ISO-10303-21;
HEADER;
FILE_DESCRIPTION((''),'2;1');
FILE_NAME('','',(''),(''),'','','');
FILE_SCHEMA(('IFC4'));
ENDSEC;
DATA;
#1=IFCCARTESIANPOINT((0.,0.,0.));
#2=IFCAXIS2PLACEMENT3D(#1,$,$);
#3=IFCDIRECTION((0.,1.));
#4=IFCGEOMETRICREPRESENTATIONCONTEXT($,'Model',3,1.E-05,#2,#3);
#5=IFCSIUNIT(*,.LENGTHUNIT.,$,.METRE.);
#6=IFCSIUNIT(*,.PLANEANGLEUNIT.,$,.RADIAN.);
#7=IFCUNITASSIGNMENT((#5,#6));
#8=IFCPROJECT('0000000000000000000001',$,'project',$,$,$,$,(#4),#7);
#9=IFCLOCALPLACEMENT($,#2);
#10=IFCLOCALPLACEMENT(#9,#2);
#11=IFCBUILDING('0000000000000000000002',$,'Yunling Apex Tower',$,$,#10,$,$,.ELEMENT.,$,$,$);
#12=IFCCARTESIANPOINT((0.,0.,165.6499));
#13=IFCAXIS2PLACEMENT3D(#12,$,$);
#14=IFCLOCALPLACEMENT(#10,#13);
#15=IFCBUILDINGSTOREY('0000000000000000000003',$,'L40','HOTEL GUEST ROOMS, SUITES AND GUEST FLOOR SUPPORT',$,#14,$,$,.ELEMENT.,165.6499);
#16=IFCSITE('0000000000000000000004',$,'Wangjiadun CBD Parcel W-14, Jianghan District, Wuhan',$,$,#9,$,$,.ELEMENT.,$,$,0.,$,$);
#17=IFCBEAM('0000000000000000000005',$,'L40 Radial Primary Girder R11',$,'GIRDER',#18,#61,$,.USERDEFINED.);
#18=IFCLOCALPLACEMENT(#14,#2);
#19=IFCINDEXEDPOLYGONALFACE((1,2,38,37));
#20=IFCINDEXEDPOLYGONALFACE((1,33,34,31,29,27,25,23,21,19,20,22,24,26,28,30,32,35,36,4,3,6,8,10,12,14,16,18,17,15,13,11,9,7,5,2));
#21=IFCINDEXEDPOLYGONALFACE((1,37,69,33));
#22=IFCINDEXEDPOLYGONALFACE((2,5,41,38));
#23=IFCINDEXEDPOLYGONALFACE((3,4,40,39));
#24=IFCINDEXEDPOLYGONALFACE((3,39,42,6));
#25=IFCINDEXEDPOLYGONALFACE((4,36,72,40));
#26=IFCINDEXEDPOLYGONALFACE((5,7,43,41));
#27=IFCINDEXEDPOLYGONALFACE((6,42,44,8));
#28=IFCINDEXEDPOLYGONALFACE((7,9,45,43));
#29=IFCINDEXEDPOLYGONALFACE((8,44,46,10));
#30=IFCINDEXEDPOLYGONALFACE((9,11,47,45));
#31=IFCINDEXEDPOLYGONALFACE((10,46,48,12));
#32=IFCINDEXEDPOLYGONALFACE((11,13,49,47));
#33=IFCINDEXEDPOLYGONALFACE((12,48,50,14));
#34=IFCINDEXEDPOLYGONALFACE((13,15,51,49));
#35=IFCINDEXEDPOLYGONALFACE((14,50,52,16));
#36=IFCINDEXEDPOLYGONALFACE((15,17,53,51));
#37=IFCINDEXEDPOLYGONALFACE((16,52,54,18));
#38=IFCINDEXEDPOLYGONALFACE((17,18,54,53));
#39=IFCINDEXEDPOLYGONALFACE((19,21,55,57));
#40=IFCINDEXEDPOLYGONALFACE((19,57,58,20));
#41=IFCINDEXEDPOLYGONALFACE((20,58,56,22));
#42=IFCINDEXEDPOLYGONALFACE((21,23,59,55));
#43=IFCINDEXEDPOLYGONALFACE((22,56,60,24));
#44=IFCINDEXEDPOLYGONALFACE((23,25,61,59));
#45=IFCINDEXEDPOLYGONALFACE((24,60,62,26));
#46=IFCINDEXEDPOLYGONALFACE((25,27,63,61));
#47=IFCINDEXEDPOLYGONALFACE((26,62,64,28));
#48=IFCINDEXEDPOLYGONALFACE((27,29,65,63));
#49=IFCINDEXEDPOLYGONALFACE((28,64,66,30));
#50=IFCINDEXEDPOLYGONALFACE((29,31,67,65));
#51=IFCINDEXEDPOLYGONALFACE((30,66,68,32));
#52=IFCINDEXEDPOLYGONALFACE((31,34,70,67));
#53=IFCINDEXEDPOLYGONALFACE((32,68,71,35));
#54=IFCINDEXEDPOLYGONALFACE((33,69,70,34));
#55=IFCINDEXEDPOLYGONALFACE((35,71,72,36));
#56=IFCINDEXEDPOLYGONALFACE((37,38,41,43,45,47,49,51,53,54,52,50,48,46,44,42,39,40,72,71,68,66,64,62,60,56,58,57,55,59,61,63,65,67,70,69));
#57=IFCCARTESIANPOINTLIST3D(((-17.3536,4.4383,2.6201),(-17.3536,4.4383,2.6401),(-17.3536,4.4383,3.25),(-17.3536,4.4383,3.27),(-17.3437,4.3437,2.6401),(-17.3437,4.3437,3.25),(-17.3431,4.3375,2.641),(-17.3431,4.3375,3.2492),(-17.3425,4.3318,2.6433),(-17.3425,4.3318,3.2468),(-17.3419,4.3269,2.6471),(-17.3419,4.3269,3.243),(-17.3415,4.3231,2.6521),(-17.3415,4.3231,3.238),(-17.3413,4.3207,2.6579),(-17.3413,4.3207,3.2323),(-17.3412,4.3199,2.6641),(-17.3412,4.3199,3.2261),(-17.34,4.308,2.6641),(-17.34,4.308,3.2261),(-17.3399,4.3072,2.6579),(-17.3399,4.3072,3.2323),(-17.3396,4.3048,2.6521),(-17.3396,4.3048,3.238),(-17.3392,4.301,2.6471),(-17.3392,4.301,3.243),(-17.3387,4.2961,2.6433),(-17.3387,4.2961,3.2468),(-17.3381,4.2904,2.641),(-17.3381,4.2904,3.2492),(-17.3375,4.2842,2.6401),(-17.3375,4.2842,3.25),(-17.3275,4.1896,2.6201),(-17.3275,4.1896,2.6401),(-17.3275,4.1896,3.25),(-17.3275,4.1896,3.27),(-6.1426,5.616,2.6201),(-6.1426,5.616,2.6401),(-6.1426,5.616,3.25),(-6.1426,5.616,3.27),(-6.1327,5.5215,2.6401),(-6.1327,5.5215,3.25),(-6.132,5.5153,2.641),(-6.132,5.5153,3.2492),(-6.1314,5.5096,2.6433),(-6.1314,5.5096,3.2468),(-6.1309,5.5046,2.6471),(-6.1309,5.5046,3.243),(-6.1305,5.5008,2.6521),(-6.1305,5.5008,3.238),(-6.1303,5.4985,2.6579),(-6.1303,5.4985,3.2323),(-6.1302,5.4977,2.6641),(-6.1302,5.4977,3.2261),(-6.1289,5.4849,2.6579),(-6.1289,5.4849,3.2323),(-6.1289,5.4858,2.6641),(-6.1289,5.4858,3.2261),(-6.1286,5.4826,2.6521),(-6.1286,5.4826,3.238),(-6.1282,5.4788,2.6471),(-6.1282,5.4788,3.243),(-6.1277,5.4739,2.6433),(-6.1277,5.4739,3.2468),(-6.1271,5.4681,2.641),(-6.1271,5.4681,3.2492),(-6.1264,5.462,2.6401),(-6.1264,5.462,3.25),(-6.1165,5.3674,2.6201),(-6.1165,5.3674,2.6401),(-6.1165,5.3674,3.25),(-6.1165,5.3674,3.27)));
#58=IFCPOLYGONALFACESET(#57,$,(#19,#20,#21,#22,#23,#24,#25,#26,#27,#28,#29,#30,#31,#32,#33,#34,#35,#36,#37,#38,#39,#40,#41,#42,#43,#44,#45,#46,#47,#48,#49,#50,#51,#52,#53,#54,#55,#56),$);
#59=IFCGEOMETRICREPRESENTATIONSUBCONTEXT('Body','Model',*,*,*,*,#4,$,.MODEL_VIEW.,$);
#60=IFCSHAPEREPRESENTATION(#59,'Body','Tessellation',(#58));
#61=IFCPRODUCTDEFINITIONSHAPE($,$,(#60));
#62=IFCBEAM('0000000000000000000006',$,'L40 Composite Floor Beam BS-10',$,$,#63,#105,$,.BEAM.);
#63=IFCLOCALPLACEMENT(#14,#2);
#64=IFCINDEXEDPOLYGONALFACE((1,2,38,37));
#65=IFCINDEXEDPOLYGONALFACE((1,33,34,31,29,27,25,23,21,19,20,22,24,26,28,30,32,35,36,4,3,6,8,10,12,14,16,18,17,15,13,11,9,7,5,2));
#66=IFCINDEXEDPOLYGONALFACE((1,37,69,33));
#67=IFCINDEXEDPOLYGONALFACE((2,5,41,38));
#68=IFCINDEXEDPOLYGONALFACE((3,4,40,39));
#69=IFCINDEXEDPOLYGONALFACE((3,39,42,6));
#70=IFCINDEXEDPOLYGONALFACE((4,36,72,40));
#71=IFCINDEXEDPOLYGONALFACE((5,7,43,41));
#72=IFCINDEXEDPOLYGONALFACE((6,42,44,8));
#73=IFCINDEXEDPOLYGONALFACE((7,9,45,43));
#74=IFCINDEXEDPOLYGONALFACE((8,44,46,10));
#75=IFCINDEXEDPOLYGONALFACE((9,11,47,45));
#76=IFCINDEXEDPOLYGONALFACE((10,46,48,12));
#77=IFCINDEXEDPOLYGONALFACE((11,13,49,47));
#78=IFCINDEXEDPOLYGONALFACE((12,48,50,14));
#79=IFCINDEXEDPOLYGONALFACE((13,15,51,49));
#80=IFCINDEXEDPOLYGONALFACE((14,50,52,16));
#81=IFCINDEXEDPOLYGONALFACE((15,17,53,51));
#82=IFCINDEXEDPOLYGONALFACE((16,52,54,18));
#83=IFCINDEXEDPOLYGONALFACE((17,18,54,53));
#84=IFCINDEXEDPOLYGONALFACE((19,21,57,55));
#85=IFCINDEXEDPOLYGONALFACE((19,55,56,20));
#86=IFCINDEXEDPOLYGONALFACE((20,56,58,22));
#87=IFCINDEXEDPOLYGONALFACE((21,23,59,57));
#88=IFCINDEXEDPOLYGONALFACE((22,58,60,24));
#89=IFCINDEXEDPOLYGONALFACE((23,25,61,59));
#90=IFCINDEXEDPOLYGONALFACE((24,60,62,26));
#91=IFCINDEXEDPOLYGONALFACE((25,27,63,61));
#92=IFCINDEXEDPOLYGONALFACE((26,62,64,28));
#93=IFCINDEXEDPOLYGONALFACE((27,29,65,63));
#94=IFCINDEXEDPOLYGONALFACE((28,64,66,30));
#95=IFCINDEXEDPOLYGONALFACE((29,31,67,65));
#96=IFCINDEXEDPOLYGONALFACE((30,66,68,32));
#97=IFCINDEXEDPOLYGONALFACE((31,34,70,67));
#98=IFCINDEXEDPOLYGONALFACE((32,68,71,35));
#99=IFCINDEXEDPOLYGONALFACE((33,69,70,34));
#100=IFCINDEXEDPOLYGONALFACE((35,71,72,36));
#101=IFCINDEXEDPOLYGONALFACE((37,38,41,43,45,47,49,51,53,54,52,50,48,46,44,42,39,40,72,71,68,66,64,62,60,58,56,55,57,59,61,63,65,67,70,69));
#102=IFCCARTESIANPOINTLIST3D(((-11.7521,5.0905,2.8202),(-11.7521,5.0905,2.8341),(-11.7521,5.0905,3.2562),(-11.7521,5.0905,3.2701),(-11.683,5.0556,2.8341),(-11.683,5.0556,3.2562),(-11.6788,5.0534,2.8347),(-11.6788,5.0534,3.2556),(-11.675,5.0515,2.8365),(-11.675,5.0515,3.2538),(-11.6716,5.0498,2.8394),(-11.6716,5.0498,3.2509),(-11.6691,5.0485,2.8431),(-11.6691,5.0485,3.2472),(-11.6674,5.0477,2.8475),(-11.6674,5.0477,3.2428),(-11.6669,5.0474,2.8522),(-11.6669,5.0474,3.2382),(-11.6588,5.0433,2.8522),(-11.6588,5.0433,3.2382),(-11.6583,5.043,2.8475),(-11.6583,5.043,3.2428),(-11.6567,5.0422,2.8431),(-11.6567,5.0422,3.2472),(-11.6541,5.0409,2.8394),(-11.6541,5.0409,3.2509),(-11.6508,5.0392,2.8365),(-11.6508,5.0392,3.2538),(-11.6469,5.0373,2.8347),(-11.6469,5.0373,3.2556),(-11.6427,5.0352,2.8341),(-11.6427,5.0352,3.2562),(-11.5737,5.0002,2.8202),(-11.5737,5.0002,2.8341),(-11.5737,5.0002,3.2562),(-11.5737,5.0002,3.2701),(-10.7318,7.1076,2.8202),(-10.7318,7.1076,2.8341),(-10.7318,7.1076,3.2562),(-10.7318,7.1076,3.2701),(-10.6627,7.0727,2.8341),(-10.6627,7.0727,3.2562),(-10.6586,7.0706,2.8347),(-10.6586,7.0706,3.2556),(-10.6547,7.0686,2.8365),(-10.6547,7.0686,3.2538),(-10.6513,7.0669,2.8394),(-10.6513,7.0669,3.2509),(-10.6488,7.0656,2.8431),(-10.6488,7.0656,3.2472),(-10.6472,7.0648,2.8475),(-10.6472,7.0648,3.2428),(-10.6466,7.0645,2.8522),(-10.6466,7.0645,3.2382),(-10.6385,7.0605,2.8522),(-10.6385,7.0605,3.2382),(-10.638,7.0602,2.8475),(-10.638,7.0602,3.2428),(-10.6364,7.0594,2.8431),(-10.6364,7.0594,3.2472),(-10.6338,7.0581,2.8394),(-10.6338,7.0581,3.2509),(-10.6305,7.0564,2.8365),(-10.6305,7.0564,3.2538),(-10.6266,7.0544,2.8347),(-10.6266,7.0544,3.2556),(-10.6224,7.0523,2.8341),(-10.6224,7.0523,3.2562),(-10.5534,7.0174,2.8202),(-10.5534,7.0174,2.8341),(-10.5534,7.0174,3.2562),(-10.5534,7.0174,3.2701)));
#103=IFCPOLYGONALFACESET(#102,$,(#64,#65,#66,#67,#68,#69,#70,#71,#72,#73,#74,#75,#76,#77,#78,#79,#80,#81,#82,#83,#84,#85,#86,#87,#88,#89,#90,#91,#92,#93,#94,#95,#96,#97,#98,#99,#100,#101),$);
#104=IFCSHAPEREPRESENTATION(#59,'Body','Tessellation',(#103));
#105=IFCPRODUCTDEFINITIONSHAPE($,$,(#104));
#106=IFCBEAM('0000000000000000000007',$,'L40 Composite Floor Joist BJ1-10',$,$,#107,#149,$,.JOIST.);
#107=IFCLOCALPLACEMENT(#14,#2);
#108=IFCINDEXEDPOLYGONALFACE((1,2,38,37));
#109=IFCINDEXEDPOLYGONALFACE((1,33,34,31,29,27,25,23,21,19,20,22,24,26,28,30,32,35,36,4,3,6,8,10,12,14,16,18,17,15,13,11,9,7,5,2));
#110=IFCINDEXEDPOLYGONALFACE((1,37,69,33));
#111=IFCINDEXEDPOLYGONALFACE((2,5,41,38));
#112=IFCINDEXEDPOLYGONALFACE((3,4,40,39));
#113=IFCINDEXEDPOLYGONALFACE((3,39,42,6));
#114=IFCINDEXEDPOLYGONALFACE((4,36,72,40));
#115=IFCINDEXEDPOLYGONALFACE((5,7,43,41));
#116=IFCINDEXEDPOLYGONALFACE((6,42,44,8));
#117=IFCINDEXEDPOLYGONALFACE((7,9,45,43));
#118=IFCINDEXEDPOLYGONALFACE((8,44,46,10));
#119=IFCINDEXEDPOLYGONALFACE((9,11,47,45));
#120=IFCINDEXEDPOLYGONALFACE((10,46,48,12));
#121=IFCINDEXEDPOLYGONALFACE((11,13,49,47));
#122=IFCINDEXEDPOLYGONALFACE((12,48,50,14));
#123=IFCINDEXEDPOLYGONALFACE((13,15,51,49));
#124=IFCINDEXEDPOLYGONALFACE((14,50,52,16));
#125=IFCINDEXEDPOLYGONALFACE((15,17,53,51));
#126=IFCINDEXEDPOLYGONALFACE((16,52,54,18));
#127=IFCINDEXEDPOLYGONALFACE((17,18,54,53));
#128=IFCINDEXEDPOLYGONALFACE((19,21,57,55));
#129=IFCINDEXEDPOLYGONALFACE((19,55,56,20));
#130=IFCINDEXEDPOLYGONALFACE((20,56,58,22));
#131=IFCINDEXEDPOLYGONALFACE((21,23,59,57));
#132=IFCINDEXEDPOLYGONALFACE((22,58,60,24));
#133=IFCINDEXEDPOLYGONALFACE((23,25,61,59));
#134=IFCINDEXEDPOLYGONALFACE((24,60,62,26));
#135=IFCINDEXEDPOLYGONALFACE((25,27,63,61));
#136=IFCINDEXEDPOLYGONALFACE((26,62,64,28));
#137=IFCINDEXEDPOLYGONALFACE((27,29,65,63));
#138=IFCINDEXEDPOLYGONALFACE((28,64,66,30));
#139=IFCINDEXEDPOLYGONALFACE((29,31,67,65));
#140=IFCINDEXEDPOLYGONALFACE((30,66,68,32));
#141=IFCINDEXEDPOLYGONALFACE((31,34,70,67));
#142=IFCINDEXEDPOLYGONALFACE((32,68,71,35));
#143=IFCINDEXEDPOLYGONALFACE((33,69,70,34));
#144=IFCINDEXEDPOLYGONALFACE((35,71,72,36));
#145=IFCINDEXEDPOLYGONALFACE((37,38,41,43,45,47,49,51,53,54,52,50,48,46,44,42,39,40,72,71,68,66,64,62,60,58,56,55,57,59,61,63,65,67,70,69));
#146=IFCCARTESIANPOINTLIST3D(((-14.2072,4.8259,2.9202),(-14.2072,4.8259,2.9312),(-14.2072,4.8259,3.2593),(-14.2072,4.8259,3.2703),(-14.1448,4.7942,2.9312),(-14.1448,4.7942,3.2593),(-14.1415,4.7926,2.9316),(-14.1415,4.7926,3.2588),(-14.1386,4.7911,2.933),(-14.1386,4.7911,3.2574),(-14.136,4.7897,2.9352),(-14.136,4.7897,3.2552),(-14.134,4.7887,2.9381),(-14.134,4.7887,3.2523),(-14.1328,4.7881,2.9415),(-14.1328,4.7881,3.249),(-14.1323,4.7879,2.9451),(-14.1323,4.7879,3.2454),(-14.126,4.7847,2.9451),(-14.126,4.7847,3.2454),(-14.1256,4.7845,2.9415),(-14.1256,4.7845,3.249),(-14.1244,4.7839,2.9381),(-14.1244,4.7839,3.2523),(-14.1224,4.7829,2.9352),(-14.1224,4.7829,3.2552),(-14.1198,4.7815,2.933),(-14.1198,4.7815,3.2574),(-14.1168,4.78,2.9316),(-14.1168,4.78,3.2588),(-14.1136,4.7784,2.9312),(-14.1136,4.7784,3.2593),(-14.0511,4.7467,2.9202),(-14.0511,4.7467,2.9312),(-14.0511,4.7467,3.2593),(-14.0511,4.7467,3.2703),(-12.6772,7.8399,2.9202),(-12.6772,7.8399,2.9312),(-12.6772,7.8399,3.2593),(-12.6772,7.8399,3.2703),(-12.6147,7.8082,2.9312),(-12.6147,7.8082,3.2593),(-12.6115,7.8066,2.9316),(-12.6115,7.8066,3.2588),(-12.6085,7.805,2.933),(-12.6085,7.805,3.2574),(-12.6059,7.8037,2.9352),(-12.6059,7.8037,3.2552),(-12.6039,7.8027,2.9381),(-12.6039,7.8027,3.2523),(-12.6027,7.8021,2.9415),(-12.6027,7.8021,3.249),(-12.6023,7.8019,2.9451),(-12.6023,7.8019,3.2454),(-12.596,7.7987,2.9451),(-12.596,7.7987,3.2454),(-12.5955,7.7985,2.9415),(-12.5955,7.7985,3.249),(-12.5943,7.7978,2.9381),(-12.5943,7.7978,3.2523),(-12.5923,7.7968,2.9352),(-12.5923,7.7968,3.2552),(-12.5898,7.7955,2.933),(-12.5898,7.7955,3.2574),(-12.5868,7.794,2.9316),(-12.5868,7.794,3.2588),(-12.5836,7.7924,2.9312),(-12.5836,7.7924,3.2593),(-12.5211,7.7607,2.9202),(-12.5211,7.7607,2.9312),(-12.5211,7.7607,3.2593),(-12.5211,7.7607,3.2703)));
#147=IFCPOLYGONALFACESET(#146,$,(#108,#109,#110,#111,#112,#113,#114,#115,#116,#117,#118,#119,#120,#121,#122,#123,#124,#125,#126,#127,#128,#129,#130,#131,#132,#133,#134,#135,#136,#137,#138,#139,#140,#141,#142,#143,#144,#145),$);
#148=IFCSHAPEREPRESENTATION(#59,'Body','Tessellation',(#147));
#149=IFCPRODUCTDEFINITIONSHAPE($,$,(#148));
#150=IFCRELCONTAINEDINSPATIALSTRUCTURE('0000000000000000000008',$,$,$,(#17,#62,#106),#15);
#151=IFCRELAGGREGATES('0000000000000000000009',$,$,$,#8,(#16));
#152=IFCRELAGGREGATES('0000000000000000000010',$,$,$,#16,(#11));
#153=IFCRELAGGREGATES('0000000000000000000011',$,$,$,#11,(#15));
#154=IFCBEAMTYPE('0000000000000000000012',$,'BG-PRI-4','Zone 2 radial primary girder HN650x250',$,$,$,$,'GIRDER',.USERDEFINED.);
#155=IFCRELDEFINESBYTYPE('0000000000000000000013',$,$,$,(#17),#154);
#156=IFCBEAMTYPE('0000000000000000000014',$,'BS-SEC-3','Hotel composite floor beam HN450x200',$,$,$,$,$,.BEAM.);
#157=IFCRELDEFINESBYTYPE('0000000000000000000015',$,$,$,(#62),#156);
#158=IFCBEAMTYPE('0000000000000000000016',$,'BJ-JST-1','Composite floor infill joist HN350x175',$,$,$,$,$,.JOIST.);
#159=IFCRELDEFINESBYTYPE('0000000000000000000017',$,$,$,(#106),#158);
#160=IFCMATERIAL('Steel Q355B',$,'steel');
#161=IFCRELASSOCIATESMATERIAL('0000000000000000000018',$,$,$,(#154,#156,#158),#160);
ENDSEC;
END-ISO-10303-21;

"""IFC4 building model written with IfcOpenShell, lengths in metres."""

from ifc_helpers import new_model, si_unit, direction, frame, origin, origin_2d, place, context, subcontext, project, spatial, i_section, extrude, source, transform, mapped, material, material_profile, profile_set, type_object, element, save


model = new_model("IFC4")

# Units and contexts
model_context = context("Model", 3, precision=1e-05, world=origin(), true_north=direction((0.0, 1.0)))
body_context = subcontext(model_context, "Body", "Model", "MODEL_VIEW")
ifc_project = project(units=[si_unit("LENGTHUNIT", "METRE"), si_unit("PLANEANGLEUNIT", "RADIAN")], contexts=[model_context])

# Site, building, storey
site_placement = place(None, origin())
site = spatial("IfcSite", under=ifc_project, at=site_placement, Name="Wangjiadun CBD Parcel W-14, Jianghan District, Wuhan", CompositionType="ELEMENT", RefElevation=0.0)
building_placement = place(site_placement, origin())
building = spatial("IfcBuilding", under=site, at=building_placement, Name="Yunling Apex Tower", CompositionType="ELEMENT")
storey_placement = place(building_placement, frame((0.0, 0.0, 165.6499)))
storey = spatial("IfcBuildingStorey", under=building, at=storey_placement, Name="L40", Description="HOTEL GUEST ROOMS, SUITES AND GUEST FLOOR SUPPORT", CompositionType="ELEMENT", Elevation=165.6499)

# Beams
ifc_material_1 = material(Name="Steel Q355B", Category="steel")
ifc_material_profile_1 = material_profile(ifc_material_1, i_section(OverallWidth=0.25, OverallDepth=0.6499, WebThickness=0.012, FlangeThickness=0.02, FilletRadius=0.0239, at=origin_2d()))
ifc_profile_set_1 = profile_set([ifc_material_profile_1], Name="Steel Q355B")
beam_type_1 = type_object("IfcBeamType", Name="BG-PRI-4", Description="Zone 2 radial primary girder HN650x250", ElementType="GIRDER", PredefinedType="USERDEFINED", material=ifc_profile_set_1)
shared_shape_1 = source(origin(), body_context, "Body", "SweptSolid", [
    extrude(i_section(OverallWidth=0.25, OverallDepth=0.6499, WebThickness=0.012, FlangeThickness=0.02, FilletRadius=0.0239, at=origin_2d()), origin(), (0.0, 0.0, 1.0), 11.2727),
])
beam_1_placement = place(storey_placement, frame((-17.3406, 4.314, 2.9451), z_axis=(0.994527, 0.104477, 0.0), x_axis=(-0.104477, 0.994527, 0.0)))
element("IfcBeam", 1, at=beam_1_placement, inside=storey, type_object=beam_type_1, Name="L40 Radial Primary Girder R11", ObjectType="GIRDER", PredefinedType="USERDEFINED", context=body_context, shape_type="MappedRepresentation", body=[
    mapped(shared_shape_1, transform((0.0, 0.0, 0.0), scale=1.0)),
])
ifc_material_profile_2 = material_profile(ifc_material_1, i_section(OverallWidth=0.2, OverallDepth=0.45, WebThickness=0.009, FlangeThickness=0.0139, FilletRadius=0.0181, at=origin_2d()))
ifc_profile_set_2 = profile_set([ifc_material_profile_2], Name="Steel Q355B")
beam_type_2 = type_object("IfcBeamType", Name="BS-SEC-3", Description="Hotel composite floor beam HN450x200", PredefinedType="BEAM", material=ifc_profile_set_2)
shared_shape_2 = source(origin(), body_context, "Body", "SweptSolid", [
    extrude(i_section(OverallWidth=0.2, OverallDepth=0.45, WebThickness=0.009, FlangeThickness=0.0139, FilletRadius=0.0181, at=origin_2d()), origin(), (0.0, 0.0, 1.0), 2.2605),
])
beam_2_placement = place(storey_placement, frame((-10.6426, 7.0625, 3.0452), z_axis=(-0.451356, -0.892344, 0.0), x_axis=(0.892344, -0.451356, 0.0)))
element("IfcBeam", 2, at=beam_2_placement, inside=storey, type_object=beam_type_2, Name="L40 Composite Floor Beam BS-10", PredefinedType="BEAM", context=body_context, shape_type="MappedRepresentation", body=[
    mapped(shared_shape_2, transform((0.0, 0.0, 0.0), scale=1.0)),
])
ifc_material_profile_3 = material_profile(ifc_material_1, i_section(OverallWidth=0.175, OverallDepth=0.3501, WebThickness=0.0071, FlangeThickness=0.011, FilletRadius=0.0139, at=origin_2d()))
ifc_profile_set_3 = profile_set([ifc_material_profile_3], Name="Steel Q355B")
beam_type_3 = type_object("IfcBeamType", Name="BJ-JST-1", Description="Composite floor infill joist HN350x175", PredefinedType="JOIST", material=ifc_profile_set_3)
shared_shape_3 = source(origin(), body_context, "Body", "SweptSolid", [
    extrude(i_section(OverallWidth=0.175, OverallDepth=0.3501, WebThickness=0.0071, FlangeThickness=0.011, FilletRadius=0.0139, at=origin_2d()), origin(), (0.0, 0.0, 1.0), 3.3801),
])
beam_3_placement = place(storey_placement, frame((-12.5991, 7.8003, 3.0952), z_axis=(-0.452666, -0.89168, 0.0), x_axis=(0.89168, -0.452666, 0.0)))
element("IfcBeam", 3, at=beam_3_placement, inside=storey, type_object=beam_type_3, Name="L40 Composite Floor Joist BJ1-10", PredefinedType="JOIST", context=body_context, shape_type="MappedRepresentation", body=[
    mapped(shared_shape_3, transform((0.0, 0.0, 0.0), scale=1.0)),
])

save(model, "model.ifc")
